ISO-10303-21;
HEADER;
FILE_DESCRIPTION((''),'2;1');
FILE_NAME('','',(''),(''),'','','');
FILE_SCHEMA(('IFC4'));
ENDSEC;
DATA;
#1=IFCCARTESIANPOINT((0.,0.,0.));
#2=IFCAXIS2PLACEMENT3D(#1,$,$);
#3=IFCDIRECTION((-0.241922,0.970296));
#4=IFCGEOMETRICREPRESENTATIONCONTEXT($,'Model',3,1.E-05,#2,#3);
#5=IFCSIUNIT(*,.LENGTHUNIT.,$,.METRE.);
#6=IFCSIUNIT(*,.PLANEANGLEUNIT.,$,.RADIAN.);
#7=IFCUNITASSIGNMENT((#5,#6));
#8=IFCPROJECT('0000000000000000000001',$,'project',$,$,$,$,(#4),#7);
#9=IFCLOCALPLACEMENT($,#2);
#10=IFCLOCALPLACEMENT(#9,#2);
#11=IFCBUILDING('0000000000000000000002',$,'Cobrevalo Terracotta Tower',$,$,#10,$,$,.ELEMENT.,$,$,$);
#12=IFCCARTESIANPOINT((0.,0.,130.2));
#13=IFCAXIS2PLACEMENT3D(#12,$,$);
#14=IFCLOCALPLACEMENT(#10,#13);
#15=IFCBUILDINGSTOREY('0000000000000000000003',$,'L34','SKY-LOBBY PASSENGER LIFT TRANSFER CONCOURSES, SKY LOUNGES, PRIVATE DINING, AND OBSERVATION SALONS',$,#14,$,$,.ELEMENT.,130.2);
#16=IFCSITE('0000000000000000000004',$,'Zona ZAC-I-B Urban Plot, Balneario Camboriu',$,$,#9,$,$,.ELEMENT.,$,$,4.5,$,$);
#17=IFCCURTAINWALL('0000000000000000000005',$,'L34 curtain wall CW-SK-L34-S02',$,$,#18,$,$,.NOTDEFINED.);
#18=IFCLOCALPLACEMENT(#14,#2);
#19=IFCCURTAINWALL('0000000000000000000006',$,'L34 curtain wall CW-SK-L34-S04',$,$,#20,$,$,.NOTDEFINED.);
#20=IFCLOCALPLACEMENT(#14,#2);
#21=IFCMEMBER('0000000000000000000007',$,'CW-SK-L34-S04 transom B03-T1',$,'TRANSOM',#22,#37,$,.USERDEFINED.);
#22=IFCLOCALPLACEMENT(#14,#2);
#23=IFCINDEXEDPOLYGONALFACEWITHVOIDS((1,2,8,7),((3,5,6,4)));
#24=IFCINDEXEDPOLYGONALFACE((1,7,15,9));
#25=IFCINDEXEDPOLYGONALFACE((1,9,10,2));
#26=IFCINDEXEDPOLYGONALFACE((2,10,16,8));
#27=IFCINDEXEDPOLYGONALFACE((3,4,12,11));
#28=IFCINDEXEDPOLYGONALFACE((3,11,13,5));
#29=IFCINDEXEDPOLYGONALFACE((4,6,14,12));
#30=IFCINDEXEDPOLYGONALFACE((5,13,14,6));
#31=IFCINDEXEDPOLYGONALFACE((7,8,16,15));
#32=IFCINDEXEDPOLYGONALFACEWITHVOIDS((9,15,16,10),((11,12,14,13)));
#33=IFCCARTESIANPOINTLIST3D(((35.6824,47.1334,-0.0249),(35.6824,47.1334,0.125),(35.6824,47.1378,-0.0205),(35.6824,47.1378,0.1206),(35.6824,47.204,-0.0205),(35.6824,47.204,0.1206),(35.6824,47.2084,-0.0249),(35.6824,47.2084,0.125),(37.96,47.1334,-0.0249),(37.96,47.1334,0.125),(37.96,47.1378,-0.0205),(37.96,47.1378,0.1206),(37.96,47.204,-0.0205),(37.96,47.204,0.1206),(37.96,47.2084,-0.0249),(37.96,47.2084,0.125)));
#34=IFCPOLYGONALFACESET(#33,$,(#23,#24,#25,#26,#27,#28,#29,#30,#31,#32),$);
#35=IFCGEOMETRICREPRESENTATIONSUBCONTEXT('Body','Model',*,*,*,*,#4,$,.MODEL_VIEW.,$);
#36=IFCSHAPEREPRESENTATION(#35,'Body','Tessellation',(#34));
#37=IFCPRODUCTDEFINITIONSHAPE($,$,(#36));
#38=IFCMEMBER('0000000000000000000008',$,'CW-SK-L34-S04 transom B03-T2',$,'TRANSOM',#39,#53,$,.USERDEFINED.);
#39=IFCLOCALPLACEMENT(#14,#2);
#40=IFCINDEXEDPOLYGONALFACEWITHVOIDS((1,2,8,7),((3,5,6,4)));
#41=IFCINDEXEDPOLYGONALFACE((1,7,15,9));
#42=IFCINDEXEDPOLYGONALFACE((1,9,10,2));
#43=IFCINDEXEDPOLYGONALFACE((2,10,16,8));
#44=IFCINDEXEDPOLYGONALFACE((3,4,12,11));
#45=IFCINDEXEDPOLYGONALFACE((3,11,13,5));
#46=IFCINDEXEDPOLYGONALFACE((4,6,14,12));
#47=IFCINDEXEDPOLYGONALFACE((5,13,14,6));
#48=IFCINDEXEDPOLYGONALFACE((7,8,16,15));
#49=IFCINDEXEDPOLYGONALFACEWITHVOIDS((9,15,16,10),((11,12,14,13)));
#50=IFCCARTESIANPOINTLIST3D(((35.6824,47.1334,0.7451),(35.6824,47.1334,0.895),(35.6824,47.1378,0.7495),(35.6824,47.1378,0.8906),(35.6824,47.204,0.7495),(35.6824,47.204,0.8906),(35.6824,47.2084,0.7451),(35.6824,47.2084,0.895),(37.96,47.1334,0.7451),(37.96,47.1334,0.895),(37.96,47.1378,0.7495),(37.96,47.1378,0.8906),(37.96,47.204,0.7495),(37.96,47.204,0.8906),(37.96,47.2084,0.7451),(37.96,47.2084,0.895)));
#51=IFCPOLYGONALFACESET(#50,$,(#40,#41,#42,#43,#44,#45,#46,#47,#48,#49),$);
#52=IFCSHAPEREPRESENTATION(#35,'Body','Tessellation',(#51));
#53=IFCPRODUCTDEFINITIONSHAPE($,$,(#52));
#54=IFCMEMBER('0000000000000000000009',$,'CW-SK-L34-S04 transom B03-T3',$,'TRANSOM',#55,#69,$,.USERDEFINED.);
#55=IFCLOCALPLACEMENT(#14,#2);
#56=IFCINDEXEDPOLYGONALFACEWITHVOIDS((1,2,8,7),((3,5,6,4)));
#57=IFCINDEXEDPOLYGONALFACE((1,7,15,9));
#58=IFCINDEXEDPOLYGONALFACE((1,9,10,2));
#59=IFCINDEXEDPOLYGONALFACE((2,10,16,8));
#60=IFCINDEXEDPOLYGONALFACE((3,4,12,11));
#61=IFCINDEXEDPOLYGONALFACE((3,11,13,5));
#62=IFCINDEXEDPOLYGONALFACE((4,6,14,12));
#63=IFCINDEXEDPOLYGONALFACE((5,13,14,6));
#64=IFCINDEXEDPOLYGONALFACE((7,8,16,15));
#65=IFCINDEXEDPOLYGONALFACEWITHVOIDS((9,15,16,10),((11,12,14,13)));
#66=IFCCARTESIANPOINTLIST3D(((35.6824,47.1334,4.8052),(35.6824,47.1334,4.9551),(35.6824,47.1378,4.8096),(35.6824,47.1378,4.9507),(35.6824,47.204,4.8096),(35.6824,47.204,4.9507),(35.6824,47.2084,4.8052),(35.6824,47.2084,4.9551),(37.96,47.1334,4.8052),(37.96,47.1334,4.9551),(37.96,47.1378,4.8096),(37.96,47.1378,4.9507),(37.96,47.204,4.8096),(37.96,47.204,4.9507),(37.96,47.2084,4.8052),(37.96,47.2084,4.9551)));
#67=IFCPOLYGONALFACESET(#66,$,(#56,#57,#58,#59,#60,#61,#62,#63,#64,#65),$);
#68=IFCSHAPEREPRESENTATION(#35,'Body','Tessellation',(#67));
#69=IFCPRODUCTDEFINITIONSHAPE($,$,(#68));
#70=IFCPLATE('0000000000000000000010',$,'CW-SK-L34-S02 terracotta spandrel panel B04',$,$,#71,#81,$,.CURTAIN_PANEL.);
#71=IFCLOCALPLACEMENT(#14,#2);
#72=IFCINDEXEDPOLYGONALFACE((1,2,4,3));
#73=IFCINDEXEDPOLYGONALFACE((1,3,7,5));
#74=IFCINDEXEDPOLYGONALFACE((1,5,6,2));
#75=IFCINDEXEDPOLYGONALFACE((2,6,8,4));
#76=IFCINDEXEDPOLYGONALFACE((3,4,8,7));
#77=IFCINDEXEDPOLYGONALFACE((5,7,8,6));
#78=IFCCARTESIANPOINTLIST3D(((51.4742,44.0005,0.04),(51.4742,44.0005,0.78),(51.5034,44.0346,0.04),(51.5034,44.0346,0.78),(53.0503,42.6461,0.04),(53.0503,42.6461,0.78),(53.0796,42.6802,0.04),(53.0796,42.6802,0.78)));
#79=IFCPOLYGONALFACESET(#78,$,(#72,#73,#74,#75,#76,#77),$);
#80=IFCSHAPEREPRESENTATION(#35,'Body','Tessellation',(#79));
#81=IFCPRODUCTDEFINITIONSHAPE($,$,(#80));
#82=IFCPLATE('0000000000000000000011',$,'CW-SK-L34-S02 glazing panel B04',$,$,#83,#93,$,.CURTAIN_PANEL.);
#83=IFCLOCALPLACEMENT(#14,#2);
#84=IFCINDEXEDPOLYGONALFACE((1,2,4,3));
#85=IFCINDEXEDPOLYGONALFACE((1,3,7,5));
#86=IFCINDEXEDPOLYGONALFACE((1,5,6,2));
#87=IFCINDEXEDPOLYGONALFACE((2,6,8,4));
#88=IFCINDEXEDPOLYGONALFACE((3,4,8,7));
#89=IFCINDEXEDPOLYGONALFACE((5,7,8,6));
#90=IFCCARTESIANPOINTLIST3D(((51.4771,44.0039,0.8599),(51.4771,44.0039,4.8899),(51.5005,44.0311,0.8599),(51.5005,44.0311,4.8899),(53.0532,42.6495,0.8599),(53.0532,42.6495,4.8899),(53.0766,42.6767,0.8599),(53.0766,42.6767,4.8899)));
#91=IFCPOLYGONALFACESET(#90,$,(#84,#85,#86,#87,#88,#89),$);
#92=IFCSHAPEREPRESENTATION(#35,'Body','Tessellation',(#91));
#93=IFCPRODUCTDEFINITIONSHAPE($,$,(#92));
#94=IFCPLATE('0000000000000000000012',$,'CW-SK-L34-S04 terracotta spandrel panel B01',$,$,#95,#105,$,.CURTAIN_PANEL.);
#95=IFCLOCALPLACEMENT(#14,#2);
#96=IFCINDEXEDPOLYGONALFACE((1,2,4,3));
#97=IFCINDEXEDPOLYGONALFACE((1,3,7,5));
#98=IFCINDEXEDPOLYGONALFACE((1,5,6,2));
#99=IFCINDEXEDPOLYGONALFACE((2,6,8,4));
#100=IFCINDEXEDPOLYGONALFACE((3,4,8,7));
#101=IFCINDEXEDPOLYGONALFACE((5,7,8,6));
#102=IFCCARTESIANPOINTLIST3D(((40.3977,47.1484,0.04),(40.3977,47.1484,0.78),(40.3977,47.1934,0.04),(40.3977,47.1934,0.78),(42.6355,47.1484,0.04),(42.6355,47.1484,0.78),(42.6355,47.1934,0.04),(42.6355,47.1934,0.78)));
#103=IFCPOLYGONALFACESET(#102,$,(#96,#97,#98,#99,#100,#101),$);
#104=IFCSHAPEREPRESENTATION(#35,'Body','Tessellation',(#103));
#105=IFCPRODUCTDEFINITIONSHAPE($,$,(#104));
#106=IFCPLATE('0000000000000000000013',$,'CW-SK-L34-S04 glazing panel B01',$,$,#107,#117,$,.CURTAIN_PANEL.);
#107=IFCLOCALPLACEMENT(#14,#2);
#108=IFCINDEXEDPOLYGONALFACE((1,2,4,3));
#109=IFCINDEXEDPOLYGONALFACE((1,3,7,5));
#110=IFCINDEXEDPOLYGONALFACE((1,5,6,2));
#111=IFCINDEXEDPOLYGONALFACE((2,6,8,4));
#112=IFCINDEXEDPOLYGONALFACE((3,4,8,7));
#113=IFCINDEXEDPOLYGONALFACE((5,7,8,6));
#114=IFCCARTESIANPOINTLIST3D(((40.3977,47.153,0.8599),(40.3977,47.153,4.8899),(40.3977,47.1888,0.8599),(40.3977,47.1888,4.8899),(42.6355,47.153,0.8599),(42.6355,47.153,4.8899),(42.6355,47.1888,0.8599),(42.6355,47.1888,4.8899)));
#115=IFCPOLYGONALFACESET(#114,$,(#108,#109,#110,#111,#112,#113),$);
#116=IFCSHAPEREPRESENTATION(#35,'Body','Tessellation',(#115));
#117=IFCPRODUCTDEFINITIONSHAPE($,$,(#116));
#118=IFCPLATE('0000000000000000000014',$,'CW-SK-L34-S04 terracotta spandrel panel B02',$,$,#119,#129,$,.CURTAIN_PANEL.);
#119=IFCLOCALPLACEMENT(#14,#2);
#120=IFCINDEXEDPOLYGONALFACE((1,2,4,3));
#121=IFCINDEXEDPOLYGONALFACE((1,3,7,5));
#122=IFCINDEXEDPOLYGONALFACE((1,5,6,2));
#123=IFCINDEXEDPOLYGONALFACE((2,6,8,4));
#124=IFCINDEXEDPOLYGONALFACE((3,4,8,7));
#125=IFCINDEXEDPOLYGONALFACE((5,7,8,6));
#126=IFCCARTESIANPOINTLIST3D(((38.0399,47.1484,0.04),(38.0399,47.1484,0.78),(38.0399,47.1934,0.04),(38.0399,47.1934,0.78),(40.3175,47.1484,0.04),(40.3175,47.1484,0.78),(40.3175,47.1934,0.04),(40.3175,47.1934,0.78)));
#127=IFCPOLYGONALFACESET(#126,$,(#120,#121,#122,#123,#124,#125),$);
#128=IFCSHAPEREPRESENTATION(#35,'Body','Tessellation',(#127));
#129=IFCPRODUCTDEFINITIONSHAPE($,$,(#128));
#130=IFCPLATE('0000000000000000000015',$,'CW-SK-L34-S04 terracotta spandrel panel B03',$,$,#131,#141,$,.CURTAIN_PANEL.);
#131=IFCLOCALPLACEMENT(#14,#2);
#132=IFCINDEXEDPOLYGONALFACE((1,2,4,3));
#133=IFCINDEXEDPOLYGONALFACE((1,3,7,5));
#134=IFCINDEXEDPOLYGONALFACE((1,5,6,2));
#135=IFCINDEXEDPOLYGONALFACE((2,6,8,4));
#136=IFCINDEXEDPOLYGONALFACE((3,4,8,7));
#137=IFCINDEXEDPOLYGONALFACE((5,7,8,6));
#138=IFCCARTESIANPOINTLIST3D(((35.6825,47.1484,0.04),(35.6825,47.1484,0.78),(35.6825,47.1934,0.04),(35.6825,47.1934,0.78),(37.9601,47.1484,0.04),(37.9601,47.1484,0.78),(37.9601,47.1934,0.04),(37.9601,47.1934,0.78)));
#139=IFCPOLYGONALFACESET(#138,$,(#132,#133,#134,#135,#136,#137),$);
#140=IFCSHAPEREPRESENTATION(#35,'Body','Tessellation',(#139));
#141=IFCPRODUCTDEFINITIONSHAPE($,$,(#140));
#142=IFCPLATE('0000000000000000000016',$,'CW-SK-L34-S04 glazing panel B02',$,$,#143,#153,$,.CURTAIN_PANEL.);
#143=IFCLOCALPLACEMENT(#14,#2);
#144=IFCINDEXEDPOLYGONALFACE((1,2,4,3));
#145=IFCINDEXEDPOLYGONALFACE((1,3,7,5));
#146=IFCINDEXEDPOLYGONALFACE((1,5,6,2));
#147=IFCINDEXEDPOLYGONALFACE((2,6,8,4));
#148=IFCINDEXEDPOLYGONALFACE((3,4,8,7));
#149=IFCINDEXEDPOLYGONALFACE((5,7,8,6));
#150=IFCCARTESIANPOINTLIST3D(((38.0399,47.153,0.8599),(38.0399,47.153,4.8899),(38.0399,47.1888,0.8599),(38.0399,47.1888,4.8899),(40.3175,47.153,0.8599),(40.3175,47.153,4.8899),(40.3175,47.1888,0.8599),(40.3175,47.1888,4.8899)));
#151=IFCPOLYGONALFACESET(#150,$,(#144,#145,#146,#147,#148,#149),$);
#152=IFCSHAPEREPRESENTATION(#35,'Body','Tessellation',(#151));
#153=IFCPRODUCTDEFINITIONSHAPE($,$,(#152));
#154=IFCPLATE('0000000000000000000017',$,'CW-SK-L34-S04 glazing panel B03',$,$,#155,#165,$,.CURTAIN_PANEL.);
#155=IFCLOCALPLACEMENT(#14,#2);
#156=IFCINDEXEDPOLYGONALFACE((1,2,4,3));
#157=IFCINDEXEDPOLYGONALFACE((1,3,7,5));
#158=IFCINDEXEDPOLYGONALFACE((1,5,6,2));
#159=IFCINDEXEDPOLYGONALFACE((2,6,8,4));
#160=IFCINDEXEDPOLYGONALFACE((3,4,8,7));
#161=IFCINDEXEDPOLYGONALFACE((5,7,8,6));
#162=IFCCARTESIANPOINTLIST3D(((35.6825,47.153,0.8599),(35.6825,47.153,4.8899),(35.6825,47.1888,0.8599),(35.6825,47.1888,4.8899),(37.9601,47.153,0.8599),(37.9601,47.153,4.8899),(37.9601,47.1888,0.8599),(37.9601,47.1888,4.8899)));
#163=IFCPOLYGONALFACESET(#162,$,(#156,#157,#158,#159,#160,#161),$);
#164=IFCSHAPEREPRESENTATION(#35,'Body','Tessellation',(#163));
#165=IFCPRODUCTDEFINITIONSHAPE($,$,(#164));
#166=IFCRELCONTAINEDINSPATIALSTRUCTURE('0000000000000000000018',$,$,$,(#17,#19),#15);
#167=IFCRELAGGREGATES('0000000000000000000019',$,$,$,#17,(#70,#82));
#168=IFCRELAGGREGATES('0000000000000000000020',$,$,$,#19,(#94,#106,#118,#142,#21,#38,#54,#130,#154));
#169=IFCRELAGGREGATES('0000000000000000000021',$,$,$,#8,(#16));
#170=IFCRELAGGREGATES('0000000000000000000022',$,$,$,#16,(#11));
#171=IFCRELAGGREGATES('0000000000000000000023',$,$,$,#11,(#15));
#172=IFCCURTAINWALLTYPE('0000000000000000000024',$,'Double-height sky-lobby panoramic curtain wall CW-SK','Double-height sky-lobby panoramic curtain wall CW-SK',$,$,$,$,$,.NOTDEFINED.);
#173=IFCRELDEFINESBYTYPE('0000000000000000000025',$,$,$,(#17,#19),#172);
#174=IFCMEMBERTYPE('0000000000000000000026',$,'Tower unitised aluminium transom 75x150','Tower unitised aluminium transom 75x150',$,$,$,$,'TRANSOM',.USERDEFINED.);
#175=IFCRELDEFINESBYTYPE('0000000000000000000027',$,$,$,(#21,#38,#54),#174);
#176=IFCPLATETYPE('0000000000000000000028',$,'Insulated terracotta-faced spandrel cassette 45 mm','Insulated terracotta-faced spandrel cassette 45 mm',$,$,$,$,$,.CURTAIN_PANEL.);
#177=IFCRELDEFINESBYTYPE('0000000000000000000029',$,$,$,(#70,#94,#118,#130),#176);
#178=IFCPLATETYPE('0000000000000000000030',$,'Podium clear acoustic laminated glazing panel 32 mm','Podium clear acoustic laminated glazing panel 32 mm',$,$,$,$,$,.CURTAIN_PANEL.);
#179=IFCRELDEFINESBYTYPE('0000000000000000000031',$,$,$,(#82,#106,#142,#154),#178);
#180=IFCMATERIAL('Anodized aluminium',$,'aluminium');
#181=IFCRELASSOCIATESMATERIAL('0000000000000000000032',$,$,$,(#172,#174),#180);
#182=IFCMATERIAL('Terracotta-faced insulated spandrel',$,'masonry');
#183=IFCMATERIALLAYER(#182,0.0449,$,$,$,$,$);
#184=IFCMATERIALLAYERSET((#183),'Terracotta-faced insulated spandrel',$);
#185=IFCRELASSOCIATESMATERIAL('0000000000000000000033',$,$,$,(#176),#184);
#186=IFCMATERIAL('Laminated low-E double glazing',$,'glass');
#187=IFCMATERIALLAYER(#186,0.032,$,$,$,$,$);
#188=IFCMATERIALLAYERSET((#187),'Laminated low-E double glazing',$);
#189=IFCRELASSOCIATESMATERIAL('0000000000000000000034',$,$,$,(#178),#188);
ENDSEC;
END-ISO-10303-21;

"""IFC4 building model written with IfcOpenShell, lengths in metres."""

from ifc_helpers import new_model, si_unit, direction, frame, origin, origin_2d, place, context, subcontext, project, spatial, rectangle, hollow_rectangle, extrude, source, transform, mapped, material, layer, layer_set, material_profile, profile_set, type_object, element, aggregate, save


model = new_model("IFC4")

# Units and contexts
model_context = context("Model", 3, precision=1e-05, world=origin(), true_north=direction((-0.241922, 0.970296)))
body_context = subcontext(model_context, "Body", "Model", "MODEL_VIEW")
ifc_project = project(units=[si_unit("LENGTHUNIT", "METRE"), si_unit("PLANEANGLEUNIT", "RADIAN")], contexts=[model_context])

# Site, building, storey
site_placement = place(None, origin())
site = spatial("IfcSite", under=ifc_project, at=site_placement, Name="Zona ZAC-I-B Urban Plot, Balneario Camboriu", CompositionType="ELEMENT", RefElevation=4.5)
building_placement = place(site_placement, origin())
building = spatial("IfcBuilding", under=site, at=building_placement, Name="Cobrevalo Terracotta Tower", CompositionType="ELEMENT")
storey_placement = place(building_placement, frame((0.0, 0.0, 130.2)))
storey = spatial("IfcBuildingStorey", under=building, at=storey_placement, Name="L34", Description="SKY-LOBBY PASSENGER LIFT TRANSFER CONCOURSES, SKY LOUNGES, PRIVATE DINING, AND OBSERVATION SALONS", CompositionType="ELEMENT", Elevation=130.2)

# Curtain wall
ifc_material_1 = material(Name="Anodized aluminium", Category="aluminium")
curtain_wall_type = type_object("IfcCurtainWallType", Name="Double-height sky-lobby panoramic curtain wall CW-SK", Description="Double-height sky-lobby panoramic curtain wall CW-SK", PredefinedType="NOTDEFINED", material=ifc_material_1)
curtain_wall_1_placement = place(storey_placement, origin())
curtain_wall_1 = element("IfcCurtainWall", 1, at=curtain_wall_1_placement, inside=storey, type_object=curtain_wall_type, Name="L34 curtain wall CW-SK-L34-S02", PredefinedType="NOTDEFINED")

# Curtain wall
curtain_wall_2_placement = place(storey_placement, origin())
curtain_wall_2 = element("IfcCurtainWall", 2, at=curtain_wall_2_placement, inside=storey, type_object=curtain_wall_type, Name="L34 curtain wall CW-SK-L34-S04", PredefinedType="NOTDEFINED")

# Members
ifc_material_profile_1 = material_profile(ifc_material_1, hollow_rectangle(XDim=0.075, YDim=0.1499, WallThickness=0.0044, at=origin_2d()), Name="CWT 75x150")
ifc_profile_set_1 = profile_set([ifc_material_profile_1], Name="Anodized aluminium")
member_type_1 = type_object("IfcMemberType", Name="Tower unitised aluminium transom 75x150", Description="Tower unitised aluminium transom 75x150", ElementType="TRANSOM", PredefinedType="USERDEFINED", material=ifc_profile_set_1)
shared_shape_1 = source(origin(), body_context, "Body", "SweptSolid", [
    extrude(hollow_rectangle(XDim=0.075, YDim=0.1499, WallThickness=0.0044, at=origin_2d()), origin(), (0.0, 0.0, 1.0), 2.2776),
])
member_1_placement = place(storey_placement, frame((37.96, 47.1709, 0.05), z_axis=(-1.0, 0.0, 0.0), x_axis=(0.0, -1.0, 0.0)))
member_1 = element("IfcMember", 3, at=member_1_placement, type_object=member_type_1, Name="CW-SK-L34-S04 transom B03-T1", ObjectType="TRANSOM", PredefinedType="USERDEFINED", context=body_context, shape_type="MappedRepresentation", body=[
    mapped(shared_shape_1, transform((0.0, 0.0, 0.0), scale=1.0)),
])
member_2_placement = place(storey_placement, frame((37.96, 47.1709, 0.8201), z_axis=(-1.0, 0.0, 0.0), x_axis=(0.0, -1.0, 0.0)))
member_2 = element("IfcMember", 4, at=member_2_placement, type_object=member_type_1, Name="CW-SK-L34-S04 transom B03-T2", ObjectType="TRANSOM", PredefinedType="USERDEFINED", context=body_context, shape_type="MappedRepresentation", body=[
    mapped(shared_shape_1, transform((0.0, 0.0, 0.0), scale=1.0)),
])
member_3_placement = place(storey_placement, frame((37.96, 47.1709, 4.8801), z_axis=(-1.0, 0.0, 0.0), x_axis=(0.0, -1.0, 0.0)))
member_3 = element("IfcMember", 5, at=member_3_placement, type_object=member_type_1, Name="CW-SK-L34-S04 transom B03-T3", ObjectType="TRANSOM", PredefinedType="USERDEFINED", context=body_context, shape_type="MappedRepresentation", body=[
    mapped(shared_shape_1, transform((0.0, 0.0, 0.0), scale=1.0)),
])

# Plates
ifc_material_2 = material(Name="Terracotta-faced insulated spandrel", Category="masonry")
ifc_layer_1 = layer(ifc_material_2, 0.0449)
ifc_layer_set_1 = layer_set([ifc_layer_1], Name="Terracotta-faced insulated spandrel")
plate_type_1 = type_object("IfcPlateType", Name="Insulated terracotta-faced spandrel cassette 45 mm", Description="Insulated terracotta-faced spandrel cassette 45 mm", PredefinedType="CURTAIN_PANEL", material=ifc_layer_set_1)
shared_shape_2 = source(origin(), body_context, "Body", "SweptSolid", [
    extrude(rectangle(XDim=2.0781, YDim=0.0449, at=origin_2d()), origin(), (0.0, 0.0, 1.0), 0.74),
])
plate_1_placement = place(storey_placement, frame((52.2769, 43.3403, 0.04), z_axis=(0.0, 0.0, 1.0), x_axis=(-0.758437, 0.651746, 0.0)))
plate_1 = element("IfcPlate", 6, at=plate_1_placement, type_object=plate_type_1, Name="CW-SK-L34-S02 terracotta spandrel panel B04", PredefinedType="CURTAIN_PANEL", context=body_context, shape_type="MappedRepresentation", body=[
    mapped(shared_shape_2, transform((0.0, 0.0, 0.0), scale=1.0)),
])
ifc_material_3 = material(Name="Laminated low-E double glazing", Category="glass")
ifc_layer_2 = layer(ifc_material_3, 0.032)
ifc_layer_set_2 = layer_set([ifc_layer_2], Name="Laminated low-E double glazing")
plate_type_2 = type_object("IfcPlateType", Name="Podium clear acoustic laminated glazing panel 32 mm", Description="Podium clear acoustic laminated glazing panel 32 mm", PredefinedType="CURTAIN_PANEL", material=ifc_layer_set_2)
shared_shape_3 = source(origin(), body_context, "Body", "SweptSolid", [
    extrude(rectangle(XDim=2.0781, YDim=0.0359, at=origin_2d()), origin(), (0.0, 0.0, 1.0), 4.03),
])
plate_2_placement = place(storey_placement, frame((52.2769, 43.3403, 0.8599), z_axis=(0.0, 0.0, 1.0), x_axis=(-0.758437, 0.651746, 0.0)))
plate_2 = element("IfcPlate", 7, at=plate_2_placement, type_object=plate_type_2, Name="CW-SK-L34-S02 glazing panel B04", PredefinedType="CURTAIN_PANEL", context=body_context, shape_type="MappedRepresentation", body=[
    mapped(shared_shape_3, transform((0.0, 0.0, 0.0), scale=1.0)),
])
aggregate(curtain_wall_1, [plate_1, plate_2])
shared_shape_4 = source(origin(), body_context, "Body", "SweptSolid", [
    extrude(rectangle(XDim=2.2378, YDim=0.0449, at=origin_2d()), origin(), (0.0, 0.0, 1.0), 0.74),
])
plate_3_placement = place(storey_placement, frame((41.5166, 47.1709, 0.04), z_axis=(0.0, 0.0, 1.0), x_axis=(-1.0, 0.0, 0.0)))
plate_3 = element("IfcPlate", 8, at=plate_3_placement, type_object=plate_type_1, Name="CW-SK-L34-S04 terracotta spandrel panel B01", PredefinedType="CURTAIN_PANEL", context=body_context, shape_type="MappedRepresentation", body=[
    mapped(shared_shape_4, transform((0.0, 0.0, 0.0), scale=1.0)),
])
shared_shape_5 = source(origin(), body_context, "Body", "SweptSolid", [
    extrude(rectangle(XDim=2.2378, YDim=0.0359, at=origin_2d()), origin(), (0.0, 0.0, 1.0), 4.03),
])
plate_4_placement = place(storey_placement, frame((41.5166, 47.1709, 0.8599), z_axis=(0.0, 0.0, 1.0), x_axis=(-1.0, 0.0, 0.0)))
plate_4 = element("IfcPlate", 9, at=plate_4_placement, type_object=plate_type_2, Name="CW-SK-L34-S04 glazing panel B01", PredefinedType="CURTAIN_PANEL", context=body_context, shape_type="MappedRepresentation", body=[
    mapped(shared_shape_5, transform((0.0, 0.0, 0.0), scale=1.0)),
])
shared_shape_6 = source(origin(), body_context, "Body", "SweptSolid", [
    extrude(rectangle(XDim=2.2776, YDim=0.0449, at=origin_2d()), origin(), (0.0, 0.0, 1.0), 0.74),
])
plate_5_placement = place(storey_placement, frame((39.1787, 47.1709, 0.04), z_axis=(0.0, 0.0, 1.0), x_axis=(-1.0, 0.0, 0.0)))
plate_5 = element("IfcPlate", 10, at=plate_5_placement, type_object=plate_type_1, Name="CW-SK-L34-S04 terracotta spandrel panel B02", PredefinedType="CURTAIN_PANEL", context=body_context, shape_type="MappedRepresentation", body=[
    mapped(shared_shape_6, transform((0.0, 0.0, 0.0), scale=1.0)),
])
plate_6_placement = place(storey_placement, frame((36.8213, 47.1709, 0.04), z_axis=(0.0, 0.0, 1.0), x_axis=(-1.0, 0.0, 0.0)))
plate_6 = element("IfcPlate", 11, at=plate_6_placement, type_object=plate_type_1, Name="CW-SK-L34-S04 terracotta spandrel panel B03", PredefinedType="CURTAIN_PANEL", context=body_context, shape_type="MappedRepresentation", body=[
    mapped(shared_shape_6, transform((0.0, 0.0, 0.0), scale=1.0)),
])
shared_shape_7 = source(origin(), body_context, "Body", "SweptSolid", [
    extrude(rectangle(XDim=2.2776, YDim=0.0359, at=origin_2d()), origin(), (0.0, 0.0, 1.0), 4.03),
])
plate_7_placement = place(storey_placement, frame((39.1787, 47.1709, 0.8599), z_axis=(0.0, 0.0, 1.0), x_axis=(-1.0, 0.0, 0.0)))
plate_7 = element("IfcPlate", 12, at=plate_7_placement, type_object=plate_type_2, Name="CW-SK-L34-S04 glazing panel B02", PredefinedType="CURTAIN_PANEL", context=body_context, shape_type="MappedRepresentation", body=[
    mapped(shared_shape_7, transform((0.0, 0.0, 0.0), scale=1.0)),
])
plate_8_placement = place(storey_placement, frame((36.8213, 47.1709, 0.8599), z_axis=(0.0, 0.0, 1.0), x_axis=(-1.0, 0.0, 0.0)))
plate_8 = element("IfcPlate", 13, at=plate_8_placement, type_object=plate_type_2, Name="CW-SK-L34-S04 glazing panel B03", PredefinedType="CURTAIN_PANEL", context=body_context, shape_type="MappedRepresentation", body=[
    mapped(shared_shape_7, transform((0.0, 0.0, 0.0), scale=1.0)),
])
aggregate(curtain_wall_2, [plate_3, plate_4, plate_5, plate_7, member_1, member_2, member_3, plate_6, plate_8])

save(model, "model.ifc")
